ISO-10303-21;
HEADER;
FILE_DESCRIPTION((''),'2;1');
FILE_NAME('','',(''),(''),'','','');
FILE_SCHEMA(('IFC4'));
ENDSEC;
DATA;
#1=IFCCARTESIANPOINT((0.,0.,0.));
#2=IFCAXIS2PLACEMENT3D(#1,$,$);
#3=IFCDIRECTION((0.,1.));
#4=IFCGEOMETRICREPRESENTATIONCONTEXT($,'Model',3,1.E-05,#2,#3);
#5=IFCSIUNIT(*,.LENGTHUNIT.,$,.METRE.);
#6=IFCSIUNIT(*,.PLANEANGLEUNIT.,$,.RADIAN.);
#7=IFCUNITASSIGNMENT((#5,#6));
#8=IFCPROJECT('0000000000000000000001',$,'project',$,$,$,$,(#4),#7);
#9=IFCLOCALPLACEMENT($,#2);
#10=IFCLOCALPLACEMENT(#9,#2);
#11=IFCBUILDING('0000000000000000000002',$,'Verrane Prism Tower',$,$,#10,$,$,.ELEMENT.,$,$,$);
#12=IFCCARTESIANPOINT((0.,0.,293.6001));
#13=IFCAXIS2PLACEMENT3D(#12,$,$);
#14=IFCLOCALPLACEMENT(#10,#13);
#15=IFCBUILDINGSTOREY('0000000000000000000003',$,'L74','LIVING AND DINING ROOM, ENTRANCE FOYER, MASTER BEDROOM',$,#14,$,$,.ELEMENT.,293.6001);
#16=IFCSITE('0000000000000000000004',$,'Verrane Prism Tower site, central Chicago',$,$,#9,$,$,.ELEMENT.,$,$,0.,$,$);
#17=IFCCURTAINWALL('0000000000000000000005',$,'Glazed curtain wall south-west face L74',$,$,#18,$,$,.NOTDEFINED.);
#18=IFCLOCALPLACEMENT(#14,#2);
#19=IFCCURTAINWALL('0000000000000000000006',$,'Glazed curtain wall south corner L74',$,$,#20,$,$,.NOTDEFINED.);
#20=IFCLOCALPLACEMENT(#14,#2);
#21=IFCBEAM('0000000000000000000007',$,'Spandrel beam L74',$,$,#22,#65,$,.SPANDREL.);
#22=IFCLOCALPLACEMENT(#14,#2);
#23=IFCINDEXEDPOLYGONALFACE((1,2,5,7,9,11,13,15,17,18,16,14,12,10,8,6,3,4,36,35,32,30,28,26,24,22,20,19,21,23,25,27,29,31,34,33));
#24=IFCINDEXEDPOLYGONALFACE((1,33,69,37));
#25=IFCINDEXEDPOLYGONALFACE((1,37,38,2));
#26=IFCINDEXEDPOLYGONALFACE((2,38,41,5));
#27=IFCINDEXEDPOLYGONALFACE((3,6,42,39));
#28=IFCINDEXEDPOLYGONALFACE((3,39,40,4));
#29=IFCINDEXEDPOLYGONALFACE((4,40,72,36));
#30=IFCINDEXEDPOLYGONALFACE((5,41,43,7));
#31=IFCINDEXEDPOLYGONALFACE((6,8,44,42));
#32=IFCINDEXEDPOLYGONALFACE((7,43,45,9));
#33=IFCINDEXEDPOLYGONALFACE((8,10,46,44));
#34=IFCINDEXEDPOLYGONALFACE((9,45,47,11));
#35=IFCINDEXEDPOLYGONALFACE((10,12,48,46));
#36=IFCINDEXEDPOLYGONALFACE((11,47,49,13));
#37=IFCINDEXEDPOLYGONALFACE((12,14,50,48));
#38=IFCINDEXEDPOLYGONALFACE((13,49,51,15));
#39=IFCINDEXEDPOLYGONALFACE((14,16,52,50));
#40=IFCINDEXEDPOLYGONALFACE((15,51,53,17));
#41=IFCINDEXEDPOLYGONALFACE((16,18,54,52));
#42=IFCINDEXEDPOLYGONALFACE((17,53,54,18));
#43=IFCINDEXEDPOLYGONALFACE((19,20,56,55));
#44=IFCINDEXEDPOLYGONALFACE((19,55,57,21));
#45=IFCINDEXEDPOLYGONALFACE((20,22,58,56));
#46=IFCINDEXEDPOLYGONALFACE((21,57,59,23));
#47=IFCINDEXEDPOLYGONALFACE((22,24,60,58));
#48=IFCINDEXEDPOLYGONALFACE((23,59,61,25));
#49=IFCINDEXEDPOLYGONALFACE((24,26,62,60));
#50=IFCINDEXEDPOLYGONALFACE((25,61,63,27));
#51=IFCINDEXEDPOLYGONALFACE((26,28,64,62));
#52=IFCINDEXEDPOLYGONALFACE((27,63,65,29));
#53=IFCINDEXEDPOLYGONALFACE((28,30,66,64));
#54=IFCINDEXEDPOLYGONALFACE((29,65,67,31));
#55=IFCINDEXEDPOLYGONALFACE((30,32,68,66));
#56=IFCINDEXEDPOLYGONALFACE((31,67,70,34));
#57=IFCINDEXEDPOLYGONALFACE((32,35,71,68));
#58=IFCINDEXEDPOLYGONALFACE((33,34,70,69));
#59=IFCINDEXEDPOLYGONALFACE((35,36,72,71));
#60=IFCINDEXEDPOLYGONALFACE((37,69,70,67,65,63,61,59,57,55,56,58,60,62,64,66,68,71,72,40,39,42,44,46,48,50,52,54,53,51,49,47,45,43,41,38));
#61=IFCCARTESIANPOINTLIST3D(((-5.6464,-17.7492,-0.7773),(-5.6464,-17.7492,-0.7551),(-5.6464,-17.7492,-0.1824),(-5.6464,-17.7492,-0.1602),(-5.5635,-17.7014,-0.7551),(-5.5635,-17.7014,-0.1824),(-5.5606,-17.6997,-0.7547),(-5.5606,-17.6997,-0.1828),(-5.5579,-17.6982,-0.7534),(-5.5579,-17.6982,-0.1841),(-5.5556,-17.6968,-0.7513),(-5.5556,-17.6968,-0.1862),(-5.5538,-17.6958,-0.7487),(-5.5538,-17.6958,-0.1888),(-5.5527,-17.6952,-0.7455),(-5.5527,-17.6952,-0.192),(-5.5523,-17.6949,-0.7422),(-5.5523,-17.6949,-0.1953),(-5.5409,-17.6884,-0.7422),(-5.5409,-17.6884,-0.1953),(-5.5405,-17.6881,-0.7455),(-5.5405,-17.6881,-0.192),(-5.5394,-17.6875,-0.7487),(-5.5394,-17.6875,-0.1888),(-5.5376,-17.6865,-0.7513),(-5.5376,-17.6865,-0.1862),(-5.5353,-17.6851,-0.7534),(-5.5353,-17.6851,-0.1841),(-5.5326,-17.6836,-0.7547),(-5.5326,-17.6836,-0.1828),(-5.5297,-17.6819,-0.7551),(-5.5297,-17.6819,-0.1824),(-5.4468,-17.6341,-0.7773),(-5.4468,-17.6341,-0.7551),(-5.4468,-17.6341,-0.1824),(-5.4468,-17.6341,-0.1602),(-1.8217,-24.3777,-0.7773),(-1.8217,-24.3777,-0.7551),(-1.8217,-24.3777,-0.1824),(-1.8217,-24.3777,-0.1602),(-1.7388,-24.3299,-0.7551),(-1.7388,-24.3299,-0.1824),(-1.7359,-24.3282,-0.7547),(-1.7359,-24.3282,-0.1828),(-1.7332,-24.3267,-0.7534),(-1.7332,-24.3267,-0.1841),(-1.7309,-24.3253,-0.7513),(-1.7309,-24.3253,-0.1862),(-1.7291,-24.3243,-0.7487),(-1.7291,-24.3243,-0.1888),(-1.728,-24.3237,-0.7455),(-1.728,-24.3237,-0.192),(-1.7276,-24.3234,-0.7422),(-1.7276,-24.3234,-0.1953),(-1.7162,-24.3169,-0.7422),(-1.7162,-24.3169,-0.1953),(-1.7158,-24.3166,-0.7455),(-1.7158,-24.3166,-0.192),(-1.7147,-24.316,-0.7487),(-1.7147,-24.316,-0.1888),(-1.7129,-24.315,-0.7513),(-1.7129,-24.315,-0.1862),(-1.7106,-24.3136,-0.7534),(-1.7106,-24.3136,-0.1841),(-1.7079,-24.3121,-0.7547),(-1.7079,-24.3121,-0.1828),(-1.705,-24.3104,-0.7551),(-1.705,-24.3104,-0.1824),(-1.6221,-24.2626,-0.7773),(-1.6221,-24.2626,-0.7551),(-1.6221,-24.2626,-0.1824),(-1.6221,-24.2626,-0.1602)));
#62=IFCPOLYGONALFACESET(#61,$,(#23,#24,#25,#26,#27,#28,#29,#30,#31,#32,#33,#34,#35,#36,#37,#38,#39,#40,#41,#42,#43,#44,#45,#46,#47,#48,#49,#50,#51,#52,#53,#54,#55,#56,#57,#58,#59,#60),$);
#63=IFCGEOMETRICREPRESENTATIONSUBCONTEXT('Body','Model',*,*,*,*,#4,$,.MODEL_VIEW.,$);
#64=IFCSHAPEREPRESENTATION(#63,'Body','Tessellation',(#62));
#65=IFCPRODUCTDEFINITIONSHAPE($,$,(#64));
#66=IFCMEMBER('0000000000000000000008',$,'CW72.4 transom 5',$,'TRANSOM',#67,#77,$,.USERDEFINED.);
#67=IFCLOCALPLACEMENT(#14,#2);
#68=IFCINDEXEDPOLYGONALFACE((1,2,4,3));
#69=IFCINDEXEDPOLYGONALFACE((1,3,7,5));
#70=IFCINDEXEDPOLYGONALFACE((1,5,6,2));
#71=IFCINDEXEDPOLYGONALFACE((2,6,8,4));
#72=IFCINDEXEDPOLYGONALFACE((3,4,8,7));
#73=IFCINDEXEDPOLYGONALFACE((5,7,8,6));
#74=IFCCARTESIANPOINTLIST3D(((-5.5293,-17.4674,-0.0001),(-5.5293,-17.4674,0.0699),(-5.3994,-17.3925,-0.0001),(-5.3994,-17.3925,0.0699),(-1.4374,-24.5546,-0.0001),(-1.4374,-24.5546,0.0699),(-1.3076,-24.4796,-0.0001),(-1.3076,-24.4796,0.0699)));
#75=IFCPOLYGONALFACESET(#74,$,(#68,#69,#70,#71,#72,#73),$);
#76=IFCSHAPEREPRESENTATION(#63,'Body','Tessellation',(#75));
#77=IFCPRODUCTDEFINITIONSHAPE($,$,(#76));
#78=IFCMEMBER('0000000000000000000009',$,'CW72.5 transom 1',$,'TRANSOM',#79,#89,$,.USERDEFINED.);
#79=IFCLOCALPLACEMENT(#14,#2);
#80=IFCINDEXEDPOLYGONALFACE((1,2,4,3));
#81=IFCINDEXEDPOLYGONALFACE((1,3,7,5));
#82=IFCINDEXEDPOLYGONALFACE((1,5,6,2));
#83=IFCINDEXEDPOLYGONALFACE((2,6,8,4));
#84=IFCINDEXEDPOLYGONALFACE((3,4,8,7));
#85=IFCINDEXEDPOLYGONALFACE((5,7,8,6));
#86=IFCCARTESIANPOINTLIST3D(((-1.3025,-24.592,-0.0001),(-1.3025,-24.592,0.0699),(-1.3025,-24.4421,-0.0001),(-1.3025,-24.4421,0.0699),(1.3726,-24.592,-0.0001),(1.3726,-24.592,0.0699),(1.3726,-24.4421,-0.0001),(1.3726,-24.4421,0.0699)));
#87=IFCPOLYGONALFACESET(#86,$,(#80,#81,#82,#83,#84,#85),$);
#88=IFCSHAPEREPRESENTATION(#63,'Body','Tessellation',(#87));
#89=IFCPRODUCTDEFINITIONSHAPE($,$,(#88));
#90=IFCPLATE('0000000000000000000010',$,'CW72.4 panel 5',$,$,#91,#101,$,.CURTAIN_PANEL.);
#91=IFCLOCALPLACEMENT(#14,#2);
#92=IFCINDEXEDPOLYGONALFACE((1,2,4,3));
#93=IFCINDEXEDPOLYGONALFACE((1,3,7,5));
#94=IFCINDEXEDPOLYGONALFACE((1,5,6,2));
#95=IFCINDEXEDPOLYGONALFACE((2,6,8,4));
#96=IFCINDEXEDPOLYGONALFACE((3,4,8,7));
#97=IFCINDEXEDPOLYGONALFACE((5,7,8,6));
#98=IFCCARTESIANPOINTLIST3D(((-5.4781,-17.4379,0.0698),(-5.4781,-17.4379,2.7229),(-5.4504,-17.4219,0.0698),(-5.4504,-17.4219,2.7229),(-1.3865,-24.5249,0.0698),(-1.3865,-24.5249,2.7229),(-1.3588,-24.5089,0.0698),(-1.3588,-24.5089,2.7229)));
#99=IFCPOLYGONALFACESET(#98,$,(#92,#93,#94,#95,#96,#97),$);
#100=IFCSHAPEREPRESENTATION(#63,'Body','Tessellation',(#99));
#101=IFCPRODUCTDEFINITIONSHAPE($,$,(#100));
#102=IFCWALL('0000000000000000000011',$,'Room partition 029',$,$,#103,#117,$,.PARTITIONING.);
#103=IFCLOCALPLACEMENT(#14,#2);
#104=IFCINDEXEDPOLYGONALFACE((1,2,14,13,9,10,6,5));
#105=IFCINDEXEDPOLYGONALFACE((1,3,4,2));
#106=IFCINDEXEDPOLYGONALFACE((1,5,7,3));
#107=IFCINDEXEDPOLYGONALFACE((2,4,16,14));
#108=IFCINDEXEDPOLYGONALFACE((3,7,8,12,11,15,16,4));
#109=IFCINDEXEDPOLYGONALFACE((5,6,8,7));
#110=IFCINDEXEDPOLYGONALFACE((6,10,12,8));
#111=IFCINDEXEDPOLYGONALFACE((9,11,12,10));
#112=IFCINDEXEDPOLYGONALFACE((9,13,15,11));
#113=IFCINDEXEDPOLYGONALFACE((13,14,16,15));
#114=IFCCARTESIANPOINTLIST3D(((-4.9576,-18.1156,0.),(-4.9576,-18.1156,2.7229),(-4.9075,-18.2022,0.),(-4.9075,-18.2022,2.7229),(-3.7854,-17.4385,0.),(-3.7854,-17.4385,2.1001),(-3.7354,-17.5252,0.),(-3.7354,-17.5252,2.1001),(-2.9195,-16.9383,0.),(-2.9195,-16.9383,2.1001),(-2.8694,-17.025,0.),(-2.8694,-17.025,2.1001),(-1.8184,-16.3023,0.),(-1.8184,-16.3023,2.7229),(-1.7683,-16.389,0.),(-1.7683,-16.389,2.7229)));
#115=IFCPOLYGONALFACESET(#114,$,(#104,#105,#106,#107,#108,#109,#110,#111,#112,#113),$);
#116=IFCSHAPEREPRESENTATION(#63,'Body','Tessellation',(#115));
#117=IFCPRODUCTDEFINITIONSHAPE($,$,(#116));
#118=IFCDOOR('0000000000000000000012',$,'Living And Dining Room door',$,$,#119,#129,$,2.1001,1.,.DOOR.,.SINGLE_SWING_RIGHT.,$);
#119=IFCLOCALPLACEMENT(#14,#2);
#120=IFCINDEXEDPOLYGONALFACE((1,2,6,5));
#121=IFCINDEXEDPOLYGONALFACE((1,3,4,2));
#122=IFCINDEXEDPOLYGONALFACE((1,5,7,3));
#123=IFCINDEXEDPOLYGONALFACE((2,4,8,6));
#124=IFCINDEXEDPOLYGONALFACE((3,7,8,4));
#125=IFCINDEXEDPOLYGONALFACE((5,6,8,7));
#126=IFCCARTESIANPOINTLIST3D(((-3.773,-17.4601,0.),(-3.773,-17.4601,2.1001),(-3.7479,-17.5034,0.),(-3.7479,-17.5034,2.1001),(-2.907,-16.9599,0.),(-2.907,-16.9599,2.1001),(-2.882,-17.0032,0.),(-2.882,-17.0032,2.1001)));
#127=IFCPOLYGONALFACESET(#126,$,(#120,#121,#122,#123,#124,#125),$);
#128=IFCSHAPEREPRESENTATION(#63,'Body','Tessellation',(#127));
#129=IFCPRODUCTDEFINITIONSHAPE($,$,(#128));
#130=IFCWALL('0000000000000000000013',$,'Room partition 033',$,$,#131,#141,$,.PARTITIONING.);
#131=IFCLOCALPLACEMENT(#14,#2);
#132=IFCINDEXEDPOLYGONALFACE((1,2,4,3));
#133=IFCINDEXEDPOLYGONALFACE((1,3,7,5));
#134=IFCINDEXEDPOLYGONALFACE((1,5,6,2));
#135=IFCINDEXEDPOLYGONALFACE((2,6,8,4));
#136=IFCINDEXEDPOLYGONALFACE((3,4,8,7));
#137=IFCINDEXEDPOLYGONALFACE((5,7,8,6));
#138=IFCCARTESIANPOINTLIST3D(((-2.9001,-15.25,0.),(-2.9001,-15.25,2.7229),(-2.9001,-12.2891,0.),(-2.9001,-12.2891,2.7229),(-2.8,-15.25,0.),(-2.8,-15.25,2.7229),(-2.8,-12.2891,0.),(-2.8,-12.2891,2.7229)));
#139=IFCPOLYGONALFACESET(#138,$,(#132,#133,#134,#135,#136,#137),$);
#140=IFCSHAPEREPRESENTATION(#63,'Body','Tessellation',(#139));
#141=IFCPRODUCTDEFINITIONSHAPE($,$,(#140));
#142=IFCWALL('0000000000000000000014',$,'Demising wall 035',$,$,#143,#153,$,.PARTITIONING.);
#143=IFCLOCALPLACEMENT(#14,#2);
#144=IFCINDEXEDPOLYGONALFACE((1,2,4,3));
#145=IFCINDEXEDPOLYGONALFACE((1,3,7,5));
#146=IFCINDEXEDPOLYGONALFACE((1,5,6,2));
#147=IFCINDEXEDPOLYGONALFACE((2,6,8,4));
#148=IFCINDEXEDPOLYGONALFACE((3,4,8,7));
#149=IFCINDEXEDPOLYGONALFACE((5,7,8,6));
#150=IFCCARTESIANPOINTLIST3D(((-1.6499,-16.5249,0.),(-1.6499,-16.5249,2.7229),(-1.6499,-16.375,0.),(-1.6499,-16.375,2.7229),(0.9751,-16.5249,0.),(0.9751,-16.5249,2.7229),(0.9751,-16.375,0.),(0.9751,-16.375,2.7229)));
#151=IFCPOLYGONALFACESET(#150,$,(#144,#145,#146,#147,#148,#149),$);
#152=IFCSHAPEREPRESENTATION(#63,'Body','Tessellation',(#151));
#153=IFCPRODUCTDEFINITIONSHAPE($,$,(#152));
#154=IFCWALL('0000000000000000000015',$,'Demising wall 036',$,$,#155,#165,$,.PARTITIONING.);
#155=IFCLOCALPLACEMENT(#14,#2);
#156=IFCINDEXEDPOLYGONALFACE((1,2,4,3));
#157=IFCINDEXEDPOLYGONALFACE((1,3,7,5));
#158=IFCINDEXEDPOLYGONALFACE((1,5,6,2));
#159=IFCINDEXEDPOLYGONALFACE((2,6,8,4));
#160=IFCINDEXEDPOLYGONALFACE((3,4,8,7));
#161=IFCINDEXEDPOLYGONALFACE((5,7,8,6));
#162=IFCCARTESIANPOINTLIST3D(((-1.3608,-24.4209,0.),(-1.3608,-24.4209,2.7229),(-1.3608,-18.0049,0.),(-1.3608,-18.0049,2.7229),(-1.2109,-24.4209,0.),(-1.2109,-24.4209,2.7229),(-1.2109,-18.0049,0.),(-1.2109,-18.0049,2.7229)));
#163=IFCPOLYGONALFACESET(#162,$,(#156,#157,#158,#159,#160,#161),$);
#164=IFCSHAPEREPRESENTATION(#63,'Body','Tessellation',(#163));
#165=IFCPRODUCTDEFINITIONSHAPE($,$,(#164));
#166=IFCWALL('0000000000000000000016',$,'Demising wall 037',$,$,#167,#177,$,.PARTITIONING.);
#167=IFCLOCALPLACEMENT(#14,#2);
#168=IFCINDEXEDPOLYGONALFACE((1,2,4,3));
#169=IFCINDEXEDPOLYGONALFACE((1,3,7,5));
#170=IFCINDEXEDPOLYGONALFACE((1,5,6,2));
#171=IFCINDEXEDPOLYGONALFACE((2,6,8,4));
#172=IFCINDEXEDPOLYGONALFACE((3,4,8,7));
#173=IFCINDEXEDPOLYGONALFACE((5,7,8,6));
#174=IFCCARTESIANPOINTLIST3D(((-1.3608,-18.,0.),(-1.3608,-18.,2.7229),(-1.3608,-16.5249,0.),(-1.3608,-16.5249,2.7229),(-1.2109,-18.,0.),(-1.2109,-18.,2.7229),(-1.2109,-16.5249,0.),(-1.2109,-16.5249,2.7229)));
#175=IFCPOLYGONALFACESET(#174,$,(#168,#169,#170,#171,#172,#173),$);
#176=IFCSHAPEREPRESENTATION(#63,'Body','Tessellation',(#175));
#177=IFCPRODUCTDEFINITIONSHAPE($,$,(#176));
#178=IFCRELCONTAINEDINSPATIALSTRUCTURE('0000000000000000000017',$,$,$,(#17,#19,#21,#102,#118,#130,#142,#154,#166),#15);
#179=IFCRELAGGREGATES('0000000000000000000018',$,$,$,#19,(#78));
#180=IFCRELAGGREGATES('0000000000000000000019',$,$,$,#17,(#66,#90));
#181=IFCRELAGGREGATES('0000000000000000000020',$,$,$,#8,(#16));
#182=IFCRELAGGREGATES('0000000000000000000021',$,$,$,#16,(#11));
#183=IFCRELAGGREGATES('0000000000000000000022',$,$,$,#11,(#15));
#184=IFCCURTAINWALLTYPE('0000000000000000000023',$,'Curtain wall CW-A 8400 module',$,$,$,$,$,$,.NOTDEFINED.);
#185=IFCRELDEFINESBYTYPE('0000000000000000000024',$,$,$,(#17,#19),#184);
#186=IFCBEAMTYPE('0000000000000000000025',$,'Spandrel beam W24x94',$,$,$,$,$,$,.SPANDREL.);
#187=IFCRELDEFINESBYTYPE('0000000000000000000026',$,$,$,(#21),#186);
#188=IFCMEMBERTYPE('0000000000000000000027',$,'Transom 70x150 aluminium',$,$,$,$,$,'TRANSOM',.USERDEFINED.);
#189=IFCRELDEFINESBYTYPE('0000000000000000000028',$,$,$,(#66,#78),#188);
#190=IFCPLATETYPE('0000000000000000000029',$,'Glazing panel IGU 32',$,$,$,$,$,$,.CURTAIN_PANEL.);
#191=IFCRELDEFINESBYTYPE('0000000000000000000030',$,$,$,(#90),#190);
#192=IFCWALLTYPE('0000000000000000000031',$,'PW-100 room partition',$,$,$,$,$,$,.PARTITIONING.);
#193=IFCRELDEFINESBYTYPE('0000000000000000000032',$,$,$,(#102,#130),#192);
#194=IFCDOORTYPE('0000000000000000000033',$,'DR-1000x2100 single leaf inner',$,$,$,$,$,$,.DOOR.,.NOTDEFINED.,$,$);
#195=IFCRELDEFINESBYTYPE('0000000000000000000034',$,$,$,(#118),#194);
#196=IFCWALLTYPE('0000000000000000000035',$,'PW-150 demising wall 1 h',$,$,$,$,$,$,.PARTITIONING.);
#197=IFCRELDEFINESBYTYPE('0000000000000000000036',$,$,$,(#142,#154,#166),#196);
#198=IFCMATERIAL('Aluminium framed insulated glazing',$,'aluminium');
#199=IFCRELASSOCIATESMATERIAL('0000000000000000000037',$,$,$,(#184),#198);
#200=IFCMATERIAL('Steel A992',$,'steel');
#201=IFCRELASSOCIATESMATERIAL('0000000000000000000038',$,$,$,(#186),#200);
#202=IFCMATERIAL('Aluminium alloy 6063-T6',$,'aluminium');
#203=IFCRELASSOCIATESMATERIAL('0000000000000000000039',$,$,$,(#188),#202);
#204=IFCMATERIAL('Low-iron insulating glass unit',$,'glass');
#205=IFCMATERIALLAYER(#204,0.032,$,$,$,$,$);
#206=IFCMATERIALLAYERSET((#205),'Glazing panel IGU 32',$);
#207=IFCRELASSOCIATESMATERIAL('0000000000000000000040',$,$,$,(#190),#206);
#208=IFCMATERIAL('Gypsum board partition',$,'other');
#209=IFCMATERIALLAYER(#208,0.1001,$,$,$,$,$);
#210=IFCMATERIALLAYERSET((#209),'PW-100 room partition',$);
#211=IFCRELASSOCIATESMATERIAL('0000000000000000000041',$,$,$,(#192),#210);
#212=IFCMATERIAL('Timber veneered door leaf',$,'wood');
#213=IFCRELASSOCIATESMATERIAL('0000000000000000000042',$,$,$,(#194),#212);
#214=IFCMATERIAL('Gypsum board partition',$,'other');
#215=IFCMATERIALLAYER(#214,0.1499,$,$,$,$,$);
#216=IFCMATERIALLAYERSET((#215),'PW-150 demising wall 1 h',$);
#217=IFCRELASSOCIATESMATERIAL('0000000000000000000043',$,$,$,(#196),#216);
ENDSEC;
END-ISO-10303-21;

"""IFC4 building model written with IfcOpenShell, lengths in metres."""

from ifc_helpers import new_model, si_unit, direction, frame, frame_2d, origin, origin_2d, place, context, subcontext, project, spatial, rectangle, i_section, extrude, material, layer, layer_set, material_profile, profile_set, type_object, element, fill, aggregate, save


model = new_model("IFC4")

# Units and contexts
model_context = context("Model", 3, precision=1e-05, world=origin(), true_north=direction((0.0, 1.0)))
body_context = subcontext(model_context, "Body", "Model", "MODEL_VIEW")
ifc_project = project(units=[si_unit("LENGTHUNIT", "METRE"), si_unit("PLANEANGLEUNIT", "RADIAN")], contexts=[model_context])

# Site, building, storey
site_placement = place(None, origin())
site = spatial("IfcSite", under=ifc_project, at=site_placement, Name="Verrane Prism Tower site, central Chicago", CompositionType="ELEMENT", RefElevation=0.0)
building_placement = place(site_placement, origin())
building = spatial("IfcBuilding", under=site, at=building_placement, Name="Verrane Prism Tower", CompositionType="ELEMENT")
storey_placement = place(building_placement, frame((0.0, 0.0, 293.6001)))
storey = spatial("IfcBuildingStorey", under=building, at=storey_placement, Name="L74", Description="LIVING AND DINING ROOM, ENTRANCE FOYER, MASTER BEDROOM", CompositionType="ELEMENT", Elevation=293.6001)

# Curtain walls
ifc_material_1 = material(Name="Aluminium framed insulated glazing", Category="aluminium")
curtain_wall_type = type_object("IfcCurtainWallType", Name="Curtain wall CW-A 8400 module", PredefinedType="NOTDEFINED", material=ifc_material_1)
curtain_wall_1_placement = place(storey_placement, origin())
curtain_wall_1 = element("IfcCurtainWall", 1, at=curtain_wall_1_placement, inside=storey, type_object=curtain_wall_type, Name="Glazed curtain wall south-west face L74", PredefinedType="NOTDEFINED")
curtain_wall_2_placement = place(storey_placement, origin())
curtain_wall_2 = element("IfcCurtainWall", 2, at=curtain_wall_2_placement, inside=storey, type_object=curtain_wall_type, Name="Glazed curtain wall south corner L74", PredefinedType="NOTDEFINED")

# Beam
ifc_material_2 = material(Name="Steel A992", Category="steel")
ifc_material_profile_1 = material_profile(ifc_material_2, i_section(OverallWidth=0.2305, OverallDepth=0.6172, WebThickness=0.0132, FlangeThickness=0.0222, FilletRadius=0.0129, at=origin_2d()), Name="W24x94")
ifc_profile_set_1 = profile_set([ifc_material_profile_1], Name="Steel A992")
beam_type_1 = type_object("IfcBeamType", Name="Spandrel beam W24x94", PredefinedType="SPANDREL", material=ifc_profile_set_1)
beam_1_placement = place(storey_placement, frame((-5.5466, -17.6917, -0.4688), z_axis=(0.499783, -0.866151, 0.0), x_axis=(0.866151, 0.499783, 0.0)))
element("IfcBeam", 3, at=beam_1_placement, inside=storey, type_object=beam_type_1, Name="Spandrel beam L74", PredefinedType="SPANDREL", context=body_context, shape_type="SweptSolid", body=[
    extrude(i_section(OverallWidth=0.2305, OverallDepth=0.6172, WebThickness=0.0132, FlangeThickness=0.0222, FilletRadius=0.0129, at=origin_2d()), origin(), (0.0, 0.0, 1.0), 7.6528),
])

# Members
ifc_material_3 = material(Name="Aluminium alloy 6063-T6", Category="aluminium")
ifc_material_profile_2 = material_profile(ifc_material_3, rectangle(XDim=0.1499, YDim=0.0701, at=origin_2d()), Name="Transom 70x150 aluminium")
ifc_profile_set_2 = profile_set([ifc_material_profile_2], Name="Aluminium alloy 6063-T6")
member_type_1 = type_object("IfcMemberType", Name="Transom 70x150 aluminium", ElementType="TRANSOM", PredefinedType="USERDEFINED", material=ifc_profile_set_2)
member_1_placement = place(storey_placement, frame((-5.4644, -17.4299, 0.0349), z_axis=(0.500002, -0.866024, 0.0), x_axis=(0.866024, 0.500002, 0.0)))
member_1 = element("IfcMember", 4, at=member_1_placement, type_object=member_type_1, Name="CW72.4 transom 5", ObjectType="TRANSOM", PredefinedType="USERDEFINED", context=body_context, shape_type="SweptSolid", body=[
    extrude(rectangle(XDim=0.1499, YDim=0.0701, at=origin_2d()), origin(), (0.0, 0.0, 1.0), 8.1836),
])
member_2_placement = place(storey_placement, frame((-1.3025, -24.5171, 0.0349), z_axis=(1.0, 0.0, 0.0), x_axis=(0.0, 1.0, 0.0)))
member_2 = element("IfcMember", 5, at=member_2_placement, type_object=member_type_1, Name="CW72.5 transom 1", ObjectType="TRANSOM", PredefinedType="USERDEFINED", context=body_context, shape_type="SweptSolid", body=[
    extrude(rectangle(XDim=0.1499, YDim=0.0701, at=origin_2d()), origin(), (0.0, 0.0, 1.0), 2.675),
])
aggregate(curtain_wall_2, [member_2])

# Plate
ifc_material_4 = material(Name="Low-iron insulating glass unit", Category="glass")
ifc_layer_1 = layer(ifc_material_4, 0.032)
ifc_layer_set_1 = layer_set([ifc_layer_1], Name="Glazing panel IGU 32")
plate_type = type_object("IfcPlateType", Name="Glazing panel IGU 32", PredefinedType="CURTAIN_PANEL", material=ifc_layer_set_1)
plate_placement = place(storey_placement, frame((-3.4185, -20.9734, 0.0698), z_axis=(0.0, 0.0, 1.0), x_axis=(0.500001, -0.866025, 0.0)))
plate = element("IfcPlate", 6, at=plate_placement, type_object=plate_type, Name="CW72.4 panel 5", PredefinedType="CURTAIN_PANEL", context=body_context, shape_type="SweptSolid", body=[
    extrude(rectangle(XDim=8.1833, YDim=0.032, at=origin_2d()), origin(), (0.0, 0.0, 1.0), 2.6531),
])
aggregate(curtain_wall_1, [member_1, plate])

# Wall, opening, door
ifc_material_5 = material(Name="Gypsum board partition", Category="other")
ifc_layer_2 = layer(ifc_material_5, 0.1001)
ifc_layer_set_2 = layer_set([ifc_layer_2], Name="PW-100 room partition")
wall_type_1 = type_object("IfcWallType", Name="PW-100 room partition", PredefinedType="PARTITIONING", material=ifc_layer_set_2)
wall_1_placement = place(storey_placement, frame((-1.7935, -16.3457, 0.0), z_axis=(0.0, 0.0, 1.0), x_axis=(-0.865925, -0.500173, 0.0)))
wall_1 = element("IfcWall", 7, at=wall_1_placement, inside=storey, type_object=wall_type_1, Name="Room partition 029", PredefinedType="PARTITIONING", context=body_context, shape_type="SweptSolid", body=[
    extrude(rectangle(XDim=3.6252, YDim=0.1001, at=frame_2d((1.8125, 0.0))), origin(), (0.0, 0.0, 1.0), 2.7229),
])
opening_1_placement = place(wall_1_placement, frame((1.2715, 0.0, 0.0)))
opening_1 = element("IfcOpeningElement", 8, at=opening_1_placement, cuts=wall_1, PredefinedType="OPENING", context=body_context, shape_type="SweptSolid", body=[
    extrude(rectangle(XDim=1.0, YDim=2.1001, at=frame_2d((0.5, 1.05))), frame((0.0, 0.0601, 0.0), z_axis=(0.0, -1.0, 0.0), x_axis=(1.0, 0.0, 0.0)), (0.0, 0.0, 1.0), 0.1201),
])
ifc_material_6 = material(Name="Timber veneered door leaf", Category="wood")
door_type_1 = type_object("IfcDoorType", Name="DR-1000x2100 single leaf inner", OperationType="NOTDEFINED", PredefinedType="DOOR", material=ifc_material_6)
door_1_placement = place(opening_1_placement, origin())
door_1 = element("IfcDoor", 9, at=door_1_placement, inside=storey, type_object=door_type_1, Name="Living And Dining Room door", OperationType="SINGLE_SWING_RIGHT", OverallHeight=2.1001, OverallWidth=1.0, PredefinedType="DOOR", context=body_context, shape_type="SweptSolid", body=[
    extrude(rectangle(XDim=1.0, YDim=2.1001, at=frame_2d((0.5, 1.05))), frame((0.0, 0.0249, 0.0), z_axis=(0.0, -1.0, 0.0), x_axis=(1.0, 0.0, 0.0)), (0.0, 0.0, 1.0), 0.05),
])
fill(opening_1, door_1)

# Walls
wall_2_placement = place(storey_placement, frame((-2.8501, -15.25, 0.0), z_axis=(0.0, 0.0, 1.0), x_axis=(0.0, 1.0, 0.0)))
element("IfcWall", 10, at=wall_2_placement, inside=storey, type_object=wall_type_1, Name="Room partition 033", PredefinedType="PARTITIONING", context=body_context, shape_type="SweptSolid", body=[
    extrude(rectangle(XDim=2.9609, YDim=0.1001, at=frame_2d((1.4805, 0.0))), origin(), (0.0, 0.0, 1.0), 2.7229),
])
ifc_material_7 = material(Name="Gypsum board partition", Category="other")
ifc_layer_3 = layer(ifc_material_7, 0.1499)
ifc_layer_set_3 = layer_set([ifc_layer_3], Name="PW-150 demising wall 1 h")
wall_type_2 = type_object("IfcWallType", Name="PW-150 demising wall 1 h", PredefinedType="PARTITIONING", material=ifc_layer_set_3)
wall_3_placement = place(storey_placement, frame((-1.6499, -16.45, 0.0), z_axis=(0.0, 0.0, 1.0), x_axis=(1.0, 0.0, 0.0)))
element("IfcWall", 11, at=wall_3_placement, inside=storey, type_object=wall_type_2, Name="Demising wall 035", PredefinedType="PARTITIONING", context=body_context, shape_type="SweptSolid", body=[
    extrude(rectangle(XDim=2.625, YDim=0.1499, at=frame_2d((1.3125, 0.0))), origin(), (0.0, 0.0, 1.0), 2.7229),
])
wall_4_placement = place(storey_placement, frame((-1.2859, -24.4209, 0.0), z_axis=(0.0, 0.0, 1.0), x_axis=(0.0, 1.0, 0.0)))
element("IfcWall", 12, at=wall_4_placement, inside=storey, type_object=wall_type_2, Name="Demising wall 036", PredefinedType="PARTITIONING", context=body_context, shape_type="SweptSolid", body=[
    extrude(rectangle(XDim=6.416, YDim=0.1499, at=frame_2d((3.208, 0.0))), origin(), (0.0, 0.0, 1.0), 2.7229),
])
wall_5_placement = place(storey_placement, frame((-1.2859, -18.0, 0.0), z_axis=(0.0, 0.0, 1.0), x_axis=(0.0, 1.0, 0.0)))
element("IfcWall", 13, at=wall_5_placement, inside=storey, type_object=wall_type_2, Name="Demising wall 037", PredefinedType="PARTITIONING", context=body_context, shape_type="SweptSolid", body=[
    extrude(rectangle(XDim=1.4751, YDim=0.1499, at=frame_2d((0.7375, 0.0))), origin(), (0.0, 0.0, 1.0), 2.7229),
])

save(model, "model.ifc")
